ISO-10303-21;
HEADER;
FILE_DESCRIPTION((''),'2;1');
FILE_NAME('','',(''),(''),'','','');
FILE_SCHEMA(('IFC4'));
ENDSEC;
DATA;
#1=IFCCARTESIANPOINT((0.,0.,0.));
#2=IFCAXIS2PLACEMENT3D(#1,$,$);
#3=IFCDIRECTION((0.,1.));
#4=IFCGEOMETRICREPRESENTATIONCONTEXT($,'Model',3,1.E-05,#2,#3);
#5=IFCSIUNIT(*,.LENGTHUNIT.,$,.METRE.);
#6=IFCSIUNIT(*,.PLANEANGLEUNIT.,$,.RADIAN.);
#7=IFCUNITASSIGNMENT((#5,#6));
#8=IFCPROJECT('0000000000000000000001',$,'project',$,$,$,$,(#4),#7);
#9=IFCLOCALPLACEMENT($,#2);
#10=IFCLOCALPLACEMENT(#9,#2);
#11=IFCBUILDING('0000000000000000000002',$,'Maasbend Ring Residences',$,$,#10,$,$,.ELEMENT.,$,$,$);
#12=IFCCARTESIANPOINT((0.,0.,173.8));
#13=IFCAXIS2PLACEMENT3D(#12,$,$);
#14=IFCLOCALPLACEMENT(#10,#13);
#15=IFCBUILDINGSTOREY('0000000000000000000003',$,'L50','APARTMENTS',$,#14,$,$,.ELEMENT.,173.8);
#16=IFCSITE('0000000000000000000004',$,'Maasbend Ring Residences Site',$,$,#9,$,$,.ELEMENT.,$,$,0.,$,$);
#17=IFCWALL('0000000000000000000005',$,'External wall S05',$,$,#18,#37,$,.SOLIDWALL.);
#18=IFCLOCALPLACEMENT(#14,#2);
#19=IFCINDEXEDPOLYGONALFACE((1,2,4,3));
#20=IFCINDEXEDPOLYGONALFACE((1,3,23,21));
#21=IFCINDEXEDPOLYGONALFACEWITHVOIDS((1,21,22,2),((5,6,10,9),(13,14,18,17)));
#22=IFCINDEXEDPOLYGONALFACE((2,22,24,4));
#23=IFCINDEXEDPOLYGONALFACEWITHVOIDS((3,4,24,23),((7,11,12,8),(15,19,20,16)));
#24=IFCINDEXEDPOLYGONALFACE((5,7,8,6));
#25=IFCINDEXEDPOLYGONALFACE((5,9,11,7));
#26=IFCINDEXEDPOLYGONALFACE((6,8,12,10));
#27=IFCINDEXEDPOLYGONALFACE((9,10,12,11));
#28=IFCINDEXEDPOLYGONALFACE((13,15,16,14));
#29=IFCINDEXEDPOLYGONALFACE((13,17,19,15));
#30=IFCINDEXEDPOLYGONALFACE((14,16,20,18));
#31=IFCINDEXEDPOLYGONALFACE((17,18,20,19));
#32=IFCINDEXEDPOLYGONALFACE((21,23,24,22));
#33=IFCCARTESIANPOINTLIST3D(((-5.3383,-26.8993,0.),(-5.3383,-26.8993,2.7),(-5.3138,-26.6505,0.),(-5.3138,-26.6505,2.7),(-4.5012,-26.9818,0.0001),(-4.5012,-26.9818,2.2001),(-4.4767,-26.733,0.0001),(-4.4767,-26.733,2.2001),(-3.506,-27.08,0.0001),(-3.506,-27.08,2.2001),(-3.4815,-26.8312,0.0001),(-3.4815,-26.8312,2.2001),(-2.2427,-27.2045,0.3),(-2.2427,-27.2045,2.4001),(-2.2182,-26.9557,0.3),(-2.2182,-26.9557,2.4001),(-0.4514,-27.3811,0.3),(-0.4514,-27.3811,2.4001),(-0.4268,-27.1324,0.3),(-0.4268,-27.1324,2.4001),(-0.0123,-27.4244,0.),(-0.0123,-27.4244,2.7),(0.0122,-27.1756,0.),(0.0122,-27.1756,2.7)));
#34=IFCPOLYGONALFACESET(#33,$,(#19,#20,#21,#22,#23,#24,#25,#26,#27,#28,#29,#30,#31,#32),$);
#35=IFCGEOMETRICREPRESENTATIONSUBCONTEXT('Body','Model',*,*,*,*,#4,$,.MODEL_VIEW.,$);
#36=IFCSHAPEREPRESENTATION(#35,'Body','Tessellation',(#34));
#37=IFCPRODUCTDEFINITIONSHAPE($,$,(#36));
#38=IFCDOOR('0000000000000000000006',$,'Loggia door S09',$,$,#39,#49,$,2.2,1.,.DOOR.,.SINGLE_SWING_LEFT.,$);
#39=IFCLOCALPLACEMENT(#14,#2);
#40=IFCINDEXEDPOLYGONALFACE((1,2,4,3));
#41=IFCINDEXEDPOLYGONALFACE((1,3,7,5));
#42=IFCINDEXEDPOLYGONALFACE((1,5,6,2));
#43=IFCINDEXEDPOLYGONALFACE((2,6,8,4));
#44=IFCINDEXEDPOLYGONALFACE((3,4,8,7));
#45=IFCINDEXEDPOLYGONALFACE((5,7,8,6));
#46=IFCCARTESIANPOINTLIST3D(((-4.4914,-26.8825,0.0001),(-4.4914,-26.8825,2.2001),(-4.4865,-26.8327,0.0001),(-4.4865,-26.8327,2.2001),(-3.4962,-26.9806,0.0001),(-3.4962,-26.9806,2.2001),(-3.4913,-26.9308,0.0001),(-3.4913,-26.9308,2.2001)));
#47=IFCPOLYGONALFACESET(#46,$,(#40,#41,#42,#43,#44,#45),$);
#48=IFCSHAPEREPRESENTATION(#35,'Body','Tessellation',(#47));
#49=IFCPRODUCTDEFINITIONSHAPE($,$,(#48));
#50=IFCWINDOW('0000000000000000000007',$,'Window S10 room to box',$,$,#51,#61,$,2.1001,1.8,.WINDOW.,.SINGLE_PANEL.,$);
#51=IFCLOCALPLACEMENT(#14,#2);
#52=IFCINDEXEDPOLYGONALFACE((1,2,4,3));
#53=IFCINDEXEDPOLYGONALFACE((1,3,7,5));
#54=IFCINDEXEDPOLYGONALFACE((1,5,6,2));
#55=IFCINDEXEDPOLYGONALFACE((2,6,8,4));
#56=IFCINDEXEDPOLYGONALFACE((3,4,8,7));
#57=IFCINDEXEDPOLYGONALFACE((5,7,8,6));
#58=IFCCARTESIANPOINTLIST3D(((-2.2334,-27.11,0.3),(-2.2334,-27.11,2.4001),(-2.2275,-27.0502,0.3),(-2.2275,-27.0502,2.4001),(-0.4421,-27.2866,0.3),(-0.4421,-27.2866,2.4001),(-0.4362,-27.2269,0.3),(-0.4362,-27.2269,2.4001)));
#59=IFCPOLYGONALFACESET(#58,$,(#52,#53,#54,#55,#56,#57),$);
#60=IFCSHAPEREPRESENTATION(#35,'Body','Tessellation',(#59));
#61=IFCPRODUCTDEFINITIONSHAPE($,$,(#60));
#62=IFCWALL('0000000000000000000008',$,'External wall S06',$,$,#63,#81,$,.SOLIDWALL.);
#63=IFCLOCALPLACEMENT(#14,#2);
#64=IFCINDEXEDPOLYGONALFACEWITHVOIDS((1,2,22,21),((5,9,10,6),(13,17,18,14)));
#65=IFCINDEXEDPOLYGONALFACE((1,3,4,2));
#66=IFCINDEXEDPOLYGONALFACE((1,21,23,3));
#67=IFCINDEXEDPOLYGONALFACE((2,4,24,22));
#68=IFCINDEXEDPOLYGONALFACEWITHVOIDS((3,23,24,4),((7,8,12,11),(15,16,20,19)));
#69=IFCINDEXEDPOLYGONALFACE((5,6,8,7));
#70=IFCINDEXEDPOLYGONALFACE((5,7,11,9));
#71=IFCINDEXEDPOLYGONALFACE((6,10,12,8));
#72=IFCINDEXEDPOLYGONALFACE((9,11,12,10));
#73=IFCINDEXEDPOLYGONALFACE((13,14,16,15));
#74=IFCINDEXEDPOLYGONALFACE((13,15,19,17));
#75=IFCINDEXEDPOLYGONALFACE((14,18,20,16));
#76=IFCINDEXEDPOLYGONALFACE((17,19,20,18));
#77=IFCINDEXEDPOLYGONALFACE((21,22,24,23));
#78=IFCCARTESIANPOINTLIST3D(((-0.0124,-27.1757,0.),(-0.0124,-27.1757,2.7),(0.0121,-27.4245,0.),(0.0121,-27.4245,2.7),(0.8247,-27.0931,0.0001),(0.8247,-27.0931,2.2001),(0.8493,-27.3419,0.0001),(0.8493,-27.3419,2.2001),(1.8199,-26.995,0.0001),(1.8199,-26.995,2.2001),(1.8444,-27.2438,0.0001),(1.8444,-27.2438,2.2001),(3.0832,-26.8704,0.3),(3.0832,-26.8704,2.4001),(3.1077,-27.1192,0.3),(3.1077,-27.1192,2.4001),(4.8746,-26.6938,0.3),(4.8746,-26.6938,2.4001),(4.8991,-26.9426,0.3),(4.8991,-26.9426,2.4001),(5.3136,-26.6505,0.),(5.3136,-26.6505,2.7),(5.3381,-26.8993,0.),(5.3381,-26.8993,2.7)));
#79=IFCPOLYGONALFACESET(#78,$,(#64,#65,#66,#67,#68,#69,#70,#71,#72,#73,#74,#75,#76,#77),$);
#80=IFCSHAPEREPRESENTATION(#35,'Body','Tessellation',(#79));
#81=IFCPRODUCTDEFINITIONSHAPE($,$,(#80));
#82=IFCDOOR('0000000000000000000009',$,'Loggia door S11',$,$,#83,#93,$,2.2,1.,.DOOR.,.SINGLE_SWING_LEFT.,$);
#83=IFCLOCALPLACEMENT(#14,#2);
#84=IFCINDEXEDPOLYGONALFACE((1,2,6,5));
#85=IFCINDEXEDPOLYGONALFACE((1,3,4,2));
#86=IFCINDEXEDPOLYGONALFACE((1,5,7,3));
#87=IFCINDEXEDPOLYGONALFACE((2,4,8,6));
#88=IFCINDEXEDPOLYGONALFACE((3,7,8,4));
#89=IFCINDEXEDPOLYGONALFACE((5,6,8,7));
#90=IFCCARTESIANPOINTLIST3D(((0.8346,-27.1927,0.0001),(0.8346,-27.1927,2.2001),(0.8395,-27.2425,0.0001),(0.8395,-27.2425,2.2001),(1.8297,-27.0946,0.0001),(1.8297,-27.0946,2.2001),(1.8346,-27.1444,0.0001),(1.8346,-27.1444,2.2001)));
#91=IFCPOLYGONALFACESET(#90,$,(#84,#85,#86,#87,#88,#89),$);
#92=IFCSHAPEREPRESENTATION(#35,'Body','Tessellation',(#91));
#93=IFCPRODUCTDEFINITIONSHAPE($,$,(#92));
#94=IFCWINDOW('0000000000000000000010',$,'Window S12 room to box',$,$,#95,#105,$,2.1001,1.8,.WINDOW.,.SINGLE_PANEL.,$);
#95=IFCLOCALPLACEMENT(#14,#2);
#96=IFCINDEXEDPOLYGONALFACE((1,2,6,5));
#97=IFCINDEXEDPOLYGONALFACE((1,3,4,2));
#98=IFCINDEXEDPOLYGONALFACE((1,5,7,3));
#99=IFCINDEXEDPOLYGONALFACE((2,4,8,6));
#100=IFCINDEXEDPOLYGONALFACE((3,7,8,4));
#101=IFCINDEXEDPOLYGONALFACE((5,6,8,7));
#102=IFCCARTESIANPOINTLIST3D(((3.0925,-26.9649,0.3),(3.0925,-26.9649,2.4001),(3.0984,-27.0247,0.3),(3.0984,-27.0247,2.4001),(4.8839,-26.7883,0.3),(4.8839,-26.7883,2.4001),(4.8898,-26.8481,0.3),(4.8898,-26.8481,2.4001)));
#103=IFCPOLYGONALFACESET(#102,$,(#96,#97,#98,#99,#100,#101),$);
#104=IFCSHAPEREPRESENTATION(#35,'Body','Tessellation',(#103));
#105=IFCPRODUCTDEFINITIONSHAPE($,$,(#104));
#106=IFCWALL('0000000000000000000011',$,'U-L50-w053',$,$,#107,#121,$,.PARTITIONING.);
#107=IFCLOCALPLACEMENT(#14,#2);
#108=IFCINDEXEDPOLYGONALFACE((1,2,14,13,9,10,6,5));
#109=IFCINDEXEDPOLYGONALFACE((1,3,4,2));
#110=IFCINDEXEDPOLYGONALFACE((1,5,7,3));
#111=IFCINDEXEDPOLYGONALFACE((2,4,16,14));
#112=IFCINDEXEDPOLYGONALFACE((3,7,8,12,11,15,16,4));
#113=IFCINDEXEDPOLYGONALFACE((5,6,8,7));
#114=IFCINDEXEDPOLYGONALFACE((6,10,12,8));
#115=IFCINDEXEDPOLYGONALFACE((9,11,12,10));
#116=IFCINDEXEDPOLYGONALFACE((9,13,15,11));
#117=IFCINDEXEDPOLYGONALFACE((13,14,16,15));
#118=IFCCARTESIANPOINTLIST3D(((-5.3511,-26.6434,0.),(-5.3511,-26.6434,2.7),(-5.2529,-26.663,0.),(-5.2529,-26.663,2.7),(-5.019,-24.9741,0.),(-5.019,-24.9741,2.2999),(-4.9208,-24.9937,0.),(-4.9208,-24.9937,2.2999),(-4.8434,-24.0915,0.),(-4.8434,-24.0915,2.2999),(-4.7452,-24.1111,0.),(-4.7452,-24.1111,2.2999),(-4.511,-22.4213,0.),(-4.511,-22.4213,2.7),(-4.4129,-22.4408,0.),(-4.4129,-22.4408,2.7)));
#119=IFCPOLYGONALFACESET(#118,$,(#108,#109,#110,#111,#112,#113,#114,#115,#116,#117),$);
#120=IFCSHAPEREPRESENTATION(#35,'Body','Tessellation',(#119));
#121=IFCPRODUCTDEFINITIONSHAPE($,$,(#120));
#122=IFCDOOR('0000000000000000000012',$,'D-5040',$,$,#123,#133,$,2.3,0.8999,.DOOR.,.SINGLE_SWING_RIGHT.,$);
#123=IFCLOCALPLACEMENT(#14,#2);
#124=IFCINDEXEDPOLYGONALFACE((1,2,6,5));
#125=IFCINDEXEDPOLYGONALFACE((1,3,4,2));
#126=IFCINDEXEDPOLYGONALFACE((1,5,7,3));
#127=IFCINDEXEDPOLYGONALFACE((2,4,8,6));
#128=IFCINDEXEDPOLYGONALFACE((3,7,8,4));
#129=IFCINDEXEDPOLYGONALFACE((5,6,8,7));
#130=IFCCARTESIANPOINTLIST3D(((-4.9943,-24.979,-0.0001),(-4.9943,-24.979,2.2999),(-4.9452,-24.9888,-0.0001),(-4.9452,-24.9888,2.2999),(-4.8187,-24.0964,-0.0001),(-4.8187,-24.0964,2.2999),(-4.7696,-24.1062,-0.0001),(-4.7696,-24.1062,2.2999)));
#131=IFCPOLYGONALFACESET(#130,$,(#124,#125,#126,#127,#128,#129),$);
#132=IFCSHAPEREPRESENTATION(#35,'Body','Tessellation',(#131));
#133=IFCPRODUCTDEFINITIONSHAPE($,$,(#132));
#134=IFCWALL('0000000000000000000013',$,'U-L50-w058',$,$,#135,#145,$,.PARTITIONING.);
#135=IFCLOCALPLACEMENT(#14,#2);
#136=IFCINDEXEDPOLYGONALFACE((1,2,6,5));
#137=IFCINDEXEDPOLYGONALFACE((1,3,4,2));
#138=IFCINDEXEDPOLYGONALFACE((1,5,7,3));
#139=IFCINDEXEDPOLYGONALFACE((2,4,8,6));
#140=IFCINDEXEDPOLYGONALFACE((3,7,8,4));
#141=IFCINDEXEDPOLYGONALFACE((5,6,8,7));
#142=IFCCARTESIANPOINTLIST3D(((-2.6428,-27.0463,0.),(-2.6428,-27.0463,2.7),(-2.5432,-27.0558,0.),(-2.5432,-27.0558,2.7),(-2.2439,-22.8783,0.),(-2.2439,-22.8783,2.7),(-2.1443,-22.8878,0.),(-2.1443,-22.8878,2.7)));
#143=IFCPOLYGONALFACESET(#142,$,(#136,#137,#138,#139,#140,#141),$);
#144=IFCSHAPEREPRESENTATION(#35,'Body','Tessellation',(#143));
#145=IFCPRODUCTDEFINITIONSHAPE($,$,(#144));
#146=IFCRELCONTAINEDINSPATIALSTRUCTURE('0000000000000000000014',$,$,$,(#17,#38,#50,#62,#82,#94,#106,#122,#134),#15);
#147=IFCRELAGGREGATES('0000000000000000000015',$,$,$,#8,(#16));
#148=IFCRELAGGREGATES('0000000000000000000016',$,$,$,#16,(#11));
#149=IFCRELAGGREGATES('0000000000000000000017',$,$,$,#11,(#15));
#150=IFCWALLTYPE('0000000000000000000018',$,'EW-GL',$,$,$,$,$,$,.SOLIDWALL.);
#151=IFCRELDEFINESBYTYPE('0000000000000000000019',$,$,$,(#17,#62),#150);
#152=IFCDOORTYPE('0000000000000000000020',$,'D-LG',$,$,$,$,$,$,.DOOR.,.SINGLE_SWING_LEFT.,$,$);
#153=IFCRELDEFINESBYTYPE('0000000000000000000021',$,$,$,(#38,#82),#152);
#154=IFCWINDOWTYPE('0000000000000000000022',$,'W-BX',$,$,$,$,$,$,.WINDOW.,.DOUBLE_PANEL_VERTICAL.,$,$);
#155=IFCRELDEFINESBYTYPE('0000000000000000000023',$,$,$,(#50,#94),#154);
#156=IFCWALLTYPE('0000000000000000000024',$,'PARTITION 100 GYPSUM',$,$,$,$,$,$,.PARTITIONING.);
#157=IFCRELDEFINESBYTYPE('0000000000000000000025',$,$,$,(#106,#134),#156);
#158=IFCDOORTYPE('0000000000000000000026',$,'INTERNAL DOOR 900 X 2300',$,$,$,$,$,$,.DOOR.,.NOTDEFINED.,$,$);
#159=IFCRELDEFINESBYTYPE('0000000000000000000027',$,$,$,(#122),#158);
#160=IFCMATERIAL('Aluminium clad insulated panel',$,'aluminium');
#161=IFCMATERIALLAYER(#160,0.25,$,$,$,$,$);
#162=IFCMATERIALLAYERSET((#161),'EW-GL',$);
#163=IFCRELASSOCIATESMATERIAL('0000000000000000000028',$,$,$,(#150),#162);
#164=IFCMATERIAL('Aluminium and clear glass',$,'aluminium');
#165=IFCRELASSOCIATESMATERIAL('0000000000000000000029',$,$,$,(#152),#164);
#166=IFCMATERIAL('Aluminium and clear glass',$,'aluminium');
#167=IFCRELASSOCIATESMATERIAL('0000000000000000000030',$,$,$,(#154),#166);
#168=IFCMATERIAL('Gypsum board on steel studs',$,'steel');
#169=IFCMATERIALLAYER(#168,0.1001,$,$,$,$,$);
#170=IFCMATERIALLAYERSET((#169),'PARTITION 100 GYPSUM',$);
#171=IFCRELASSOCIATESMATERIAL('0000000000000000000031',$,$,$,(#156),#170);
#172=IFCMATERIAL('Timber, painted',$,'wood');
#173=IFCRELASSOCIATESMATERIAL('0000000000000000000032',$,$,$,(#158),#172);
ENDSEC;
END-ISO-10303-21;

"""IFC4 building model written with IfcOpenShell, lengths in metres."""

from ifc_helpers import new_model, si_unit, direction, frame, frame_2d, origin, place, context, subcontext, project, spatial, rectangle, extrude, material, layer, layer_set, type_object, element, fill, save


model = new_model("IFC4")

# Units and contexts
model_context = context("Model", 3, precision=1e-05, world=origin(), true_north=direction((0.0, 1.0)))
body_context = subcontext(model_context, "Body", "Model", "MODEL_VIEW")
ifc_project = project(units=[si_unit("LENGTHUNIT", "METRE"), si_unit("PLANEANGLEUNIT", "RADIAN")], contexts=[model_context])

# Site, building, storey
site_placement = place(None, origin())
site = spatial("IfcSite", under=ifc_project, at=site_placement, Name="Maasbend Ring Residences Site", CompositionType="ELEMENT", RefElevation=0.0)
building_placement = place(site_placement, origin())
building = spatial("IfcBuilding", under=site, at=building_placement, Name="Maasbend Ring Residences", CompositionType="ELEMENT")
storey_placement = place(building_placement, frame((0.0, 0.0, 173.8)))
storey = spatial("IfcBuildingStorey", under=building, at=storey_placement, Name="L50", Description="APARTMENTS", CompositionType="ELEMENT", Elevation=173.8)

# Walls, openings, doors, windows
ifc_material_1 = material(Name="Aluminium clad insulated panel", Category="aluminium")
ifc_layer_1 = layer(ifc_material_1, 0.25)
ifc_layer_set_1 = layer_set([ifc_layer_1], Name="EW-GL")
wall_type_1 = type_object("IfcWallType", Name="EW-GL", PredefinedType="SOLIDWALL", material=ifc_layer_set_1)
wall_1_placement = place(storey_placement, frame((-5.3259, -26.7749, 0.0), z_axis=(0.0, 0.0, 1.0), x_axis=(0.995174, -0.098126, 0.0)))
wall_1 = element("IfcWall", 1, at=wall_1_placement, inside=storey, type_object=wall_type_1, Name="External wall S05", PredefinedType="SOLIDWALL", context=body_context, shape_type="SweptSolid", body=[
    extrude(rectangle(XDim=5.3518, YDim=0.25, at=frame_2d((2.6758, 0.0))), origin(), (0.0, 0.0, 1.0), 2.7),
])
opening_1_placement = place(wall_1_placement, frame((0.8411, 0.0, 0.0)))
opening_1 = element("IfcOpeningElement", 2, at=opening_1_placement, cuts=wall_1, PredefinedType="OPENING", context=body_context, shape_type="SweptSolid", body=[
    extrude(rectangle(XDim=1.0, YDim=2.2, at=frame_2d((0.5, 1.1001))), frame((0.0, 0.135, 0.0), z_axis=(0.0, -1.0, 0.0), x_axis=(1.0, 0.0, 0.0)), (0.0, 0.0, 1.0), 0.27),
])
opening_2_placement = place(wall_1_placement, frame((3.1106, 0.0, 0.3)))
opening_2 = element("IfcOpeningElement", 3, at=opening_2_placement, cuts=wall_1, PredefinedType="OPENING", context=body_context, shape_type="SweptSolid", body=[
    extrude(rectangle(XDim=1.8, YDim=2.1001, at=frame_2d((0.8999, 1.05))), frame((0.0, 0.135, 0.0), z_axis=(0.0, -1.0, 0.0), x_axis=(1.0, 0.0, 0.0)), (0.0, 0.0, 1.0), 0.27),
])
ifc_material_2 = material(Name="Aluminium and clear glass", Category="aluminium")
door_type_1 = type_object("IfcDoorType", Name="D-LG", OperationType="SINGLE_SWING_LEFT", PredefinedType="DOOR", material=ifc_material_2)
door_1_placement = place(opening_1_placement, origin())
door_1 = element("IfcDoor", 4, at=door_1_placement, inside=storey, type_object=door_type_1, Name="Loggia door S09", OperationType="SINGLE_SWING_LEFT", OverallHeight=2.2, OverallWidth=1.0, PredefinedType="DOOR", context=body_context, shape_type="SweptSolid", body=[
    extrude(rectangle(XDim=1.0, YDim=2.2, at=frame_2d((0.5, 1.1001))), frame((0.0, 0.0249, 0.0), z_axis=(0.0, -1.0, 0.0), x_axis=(1.0, 0.0, 0.0)), (0.0, 0.0, 1.0), 0.05),
])
fill(opening_1, door_1)
ifc_material_3 = material(Name="Aluminium and clear glass", Category="aluminium")
window_type_1 = type_object("IfcWindowType", Name="W-BX", PartitioningType="DOUBLE_PANEL_VERTICAL", PredefinedType="WINDOW", material=ifc_material_3)
window_1_placement = place(opening_2_placement, origin())
window_1 = element("IfcWindow", 5, at=window_1_placement, inside=storey, type_object=window_type_1, Name="Window S10 room to box", OverallHeight=2.1001, OverallWidth=1.8, PartitioningType="SINGLE_PANEL", PredefinedType="WINDOW", context=body_context, shape_type="SweptSolid", body=[
    extrude(rectangle(XDim=1.8, YDim=2.1001, at=frame_2d((0.8999, 1.05))), frame((0.0, 0.03, 0.0), z_axis=(0.0, -1.0, 0.0), x_axis=(1.0, 0.0, 0.0)), (0.0, 0.0, 1.0), 0.0601),
])
fill(opening_2, window_1)
wall_2_placement = place(storey_placement, frame((0.0, -27.3, 0.0), z_axis=(0.0, 0.0, 1.0), x_axis=(0.995174, 0.098126, 0.0)))
wall_2 = element("IfcWall", 6, at=wall_2_placement, inside=storey, type_object=wall_type_1, Name="External wall S06", PredefinedType="SOLIDWALL", context=body_context, shape_type="SweptSolid", body=[
    extrude(rectangle(XDim=5.3518, YDim=0.25, at=frame_2d((2.6758, 0.0))), origin(), (0.0, 0.0, 1.0), 2.7),
])
opening_3_placement = place(wall_2_placement, frame((0.8411, 0.0, 0.0)))
opening_3 = element("IfcOpeningElement", 7, at=opening_3_placement, cuts=wall_2, PredefinedType="OPENING", context=body_context, shape_type="SweptSolid", body=[
    extrude(rectangle(XDim=1.0, YDim=2.2, at=frame_2d((0.5, 1.1001))), frame((0.0, 0.135, 0.0), z_axis=(0.0, -1.0, 0.0), x_axis=(1.0, 0.0, 0.0)), (0.0, 0.0, 1.0), 0.27),
])
opening_4_placement = place(wall_2_placement, frame((3.1106, 0.0, 0.3)))
opening_4 = element("IfcOpeningElement", 8, at=opening_4_placement, cuts=wall_2, PredefinedType="OPENING", context=body_context, shape_type="SweptSolid", body=[
    extrude(rectangle(XDim=1.8, YDim=2.1001, at=frame_2d((0.8999, 1.05))), frame((0.0, 0.135, 0.0), z_axis=(0.0, -1.0, 0.0), x_axis=(1.0, 0.0, 0.0)), (0.0, 0.0, 1.0), 0.27),
])
door_2_placement = place(opening_3_placement, origin())
door_2 = element("IfcDoor", 9, at=door_2_placement, inside=storey, type_object=door_type_1, Name="Loggia door S11", OperationType="SINGLE_SWING_LEFT", OverallHeight=2.2, OverallWidth=1.0, PredefinedType="DOOR", context=body_context, shape_type="SweptSolid", body=[
    extrude(rectangle(XDim=1.0, YDim=2.2, at=frame_2d((0.5, 1.1001))), frame((0.0, 0.0249, 0.0), z_axis=(0.0, -1.0, 0.0), x_axis=(1.0, 0.0, 0.0)), (0.0, 0.0, 1.0), 0.05),
])
fill(opening_3, door_2)
window_2_placement = place(opening_4_placement, origin())
window_2 = element("IfcWindow", 10, at=window_2_placement, inside=storey, type_object=window_type_1, Name="Window S12 room to box", OverallHeight=2.1001, OverallWidth=1.8, PartitioningType="SINGLE_PANEL", PredefinedType="WINDOW", context=body_context, shape_type="SweptSolid", body=[
    extrude(rectangle(XDim=1.8, YDim=2.1001, at=frame_2d((0.8999, 1.05))), frame((0.0, 0.03, 0.0), z_axis=(0.0, -1.0, 0.0), x_axis=(1.0, 0.0, 0.0)), (0.0, 0.0, 1.0), 0.0601),
])
fill(opening_4, window_2)

# Wall, opening, door
ifc_material_4 = material(Name="Gypsum board on steel studs", Category="steel")
ifc_layer_2 = layer(ifc_material_4, 0.1001)
ifc_layer_set_2 = layer_set([ifc_layer_2], Name="PARTITION 100 GYPSUM")
wall_type_2 = type_object("IfcWallType", Name="PARTITION 100 GYPSUM", PredefinedType="PARTITIONING", material=ifc_layer_set_2)
wall_3_placement = place(storey_placement, frame((-5.302, -26.6531, 0.0), z_axis=(0.0, 0.0, 1.0), x_axis=(0.195145, 0.980774, 0.0)))
wall_3 = element("IfcWall", 11, at=wall_3_placement, inside=storey, type_object=wall_type_2, Name="U-L50-w053", PredefinedType="PARTITIONING", context=body_context, shape_type="SweptSolid", body=[
    extrude(rectangle(XDim=4.3049, YDim=0.1001, at=frame_2d((2.1523, 0.0))), origin(), (0.0, 0.0, 1.0), 2.7),
])
opening_5_placement = place(wall_3_placement, frame((1.7019, 0.0, 0.0)))
opening_5 = element("IfcOpeningElement", 12, at=opening_5_placement, cuts=wall_3, PredefinedType="OPENING", context=body_context, shape_type="SweptSolid", body=[
    extrude(rectangle(XDim=0.8999, YDim=2.3, at=frame_2d((0.45, 1.1499))), frame((0.0, 0.0601, 0.0), z_axis=(0.0, -1.0, 0.0), x_axis=(1.0, 0.0, 0.0)), (0.0, 0.0, 1.0), 0.1201),
])
ifc_material_5 = material(Name="Timber, painted", Category="wood")
door_type_2 = type_object("IfcDoorType", Name="INTERNAL DOOR 900 X 2300", OperationType="NOTDEFINED", PredefinedType="DOOR", material=ifc_material_5)
door_3_placement = place(opening_5_placement, origin())
door_3 = element("IfcDoor", 13, at=door_3_placement, inside=storey, type_object=door_type_2, Name="D-5040", OperationType="SINGLE_SWING_RIGHT", OverallHeight=2.3, OverallWidth=0.8999, PredefinedType="DOOR", context=body_context, shape_type="SweptSolid", body=[
    extrude(rectangle(XDim=0.8999, YDim=2.3, at=frame_2d((0.45, 1.1499))), frame((0.0, 0.0249, 0.0), z_axis=(0.0, -1.0, 0.0), x_axis=(1.0, 0.0, 0.0)), (0.0, 0.0, 1.0), 0.05),
])
fill(opening_5, door_3)

# Wall
wall_4_placement = place(storey_placement, frame((-2.593, -27.051, 0.0), z_axis=(0.0, 0.0, 1.0), x_axis=(0.095277, 0.995451, 0.0)))
element("IfcWall", 14, at=wall_4_placement, inside=storey, type_object=wall_type_2, Name="U-L50-w058", PredefinedType="PARTITIONING", context=body_context, shape_type="SweptSolid", body=[
    extrude(rectangle(XDim=4.187, YDim=0.1001, at=frame_2d((2.0935, 0.0))), origin(), (0.0, 0.0, 1.0), 2.7),
])

save(model, "model.ifc")
